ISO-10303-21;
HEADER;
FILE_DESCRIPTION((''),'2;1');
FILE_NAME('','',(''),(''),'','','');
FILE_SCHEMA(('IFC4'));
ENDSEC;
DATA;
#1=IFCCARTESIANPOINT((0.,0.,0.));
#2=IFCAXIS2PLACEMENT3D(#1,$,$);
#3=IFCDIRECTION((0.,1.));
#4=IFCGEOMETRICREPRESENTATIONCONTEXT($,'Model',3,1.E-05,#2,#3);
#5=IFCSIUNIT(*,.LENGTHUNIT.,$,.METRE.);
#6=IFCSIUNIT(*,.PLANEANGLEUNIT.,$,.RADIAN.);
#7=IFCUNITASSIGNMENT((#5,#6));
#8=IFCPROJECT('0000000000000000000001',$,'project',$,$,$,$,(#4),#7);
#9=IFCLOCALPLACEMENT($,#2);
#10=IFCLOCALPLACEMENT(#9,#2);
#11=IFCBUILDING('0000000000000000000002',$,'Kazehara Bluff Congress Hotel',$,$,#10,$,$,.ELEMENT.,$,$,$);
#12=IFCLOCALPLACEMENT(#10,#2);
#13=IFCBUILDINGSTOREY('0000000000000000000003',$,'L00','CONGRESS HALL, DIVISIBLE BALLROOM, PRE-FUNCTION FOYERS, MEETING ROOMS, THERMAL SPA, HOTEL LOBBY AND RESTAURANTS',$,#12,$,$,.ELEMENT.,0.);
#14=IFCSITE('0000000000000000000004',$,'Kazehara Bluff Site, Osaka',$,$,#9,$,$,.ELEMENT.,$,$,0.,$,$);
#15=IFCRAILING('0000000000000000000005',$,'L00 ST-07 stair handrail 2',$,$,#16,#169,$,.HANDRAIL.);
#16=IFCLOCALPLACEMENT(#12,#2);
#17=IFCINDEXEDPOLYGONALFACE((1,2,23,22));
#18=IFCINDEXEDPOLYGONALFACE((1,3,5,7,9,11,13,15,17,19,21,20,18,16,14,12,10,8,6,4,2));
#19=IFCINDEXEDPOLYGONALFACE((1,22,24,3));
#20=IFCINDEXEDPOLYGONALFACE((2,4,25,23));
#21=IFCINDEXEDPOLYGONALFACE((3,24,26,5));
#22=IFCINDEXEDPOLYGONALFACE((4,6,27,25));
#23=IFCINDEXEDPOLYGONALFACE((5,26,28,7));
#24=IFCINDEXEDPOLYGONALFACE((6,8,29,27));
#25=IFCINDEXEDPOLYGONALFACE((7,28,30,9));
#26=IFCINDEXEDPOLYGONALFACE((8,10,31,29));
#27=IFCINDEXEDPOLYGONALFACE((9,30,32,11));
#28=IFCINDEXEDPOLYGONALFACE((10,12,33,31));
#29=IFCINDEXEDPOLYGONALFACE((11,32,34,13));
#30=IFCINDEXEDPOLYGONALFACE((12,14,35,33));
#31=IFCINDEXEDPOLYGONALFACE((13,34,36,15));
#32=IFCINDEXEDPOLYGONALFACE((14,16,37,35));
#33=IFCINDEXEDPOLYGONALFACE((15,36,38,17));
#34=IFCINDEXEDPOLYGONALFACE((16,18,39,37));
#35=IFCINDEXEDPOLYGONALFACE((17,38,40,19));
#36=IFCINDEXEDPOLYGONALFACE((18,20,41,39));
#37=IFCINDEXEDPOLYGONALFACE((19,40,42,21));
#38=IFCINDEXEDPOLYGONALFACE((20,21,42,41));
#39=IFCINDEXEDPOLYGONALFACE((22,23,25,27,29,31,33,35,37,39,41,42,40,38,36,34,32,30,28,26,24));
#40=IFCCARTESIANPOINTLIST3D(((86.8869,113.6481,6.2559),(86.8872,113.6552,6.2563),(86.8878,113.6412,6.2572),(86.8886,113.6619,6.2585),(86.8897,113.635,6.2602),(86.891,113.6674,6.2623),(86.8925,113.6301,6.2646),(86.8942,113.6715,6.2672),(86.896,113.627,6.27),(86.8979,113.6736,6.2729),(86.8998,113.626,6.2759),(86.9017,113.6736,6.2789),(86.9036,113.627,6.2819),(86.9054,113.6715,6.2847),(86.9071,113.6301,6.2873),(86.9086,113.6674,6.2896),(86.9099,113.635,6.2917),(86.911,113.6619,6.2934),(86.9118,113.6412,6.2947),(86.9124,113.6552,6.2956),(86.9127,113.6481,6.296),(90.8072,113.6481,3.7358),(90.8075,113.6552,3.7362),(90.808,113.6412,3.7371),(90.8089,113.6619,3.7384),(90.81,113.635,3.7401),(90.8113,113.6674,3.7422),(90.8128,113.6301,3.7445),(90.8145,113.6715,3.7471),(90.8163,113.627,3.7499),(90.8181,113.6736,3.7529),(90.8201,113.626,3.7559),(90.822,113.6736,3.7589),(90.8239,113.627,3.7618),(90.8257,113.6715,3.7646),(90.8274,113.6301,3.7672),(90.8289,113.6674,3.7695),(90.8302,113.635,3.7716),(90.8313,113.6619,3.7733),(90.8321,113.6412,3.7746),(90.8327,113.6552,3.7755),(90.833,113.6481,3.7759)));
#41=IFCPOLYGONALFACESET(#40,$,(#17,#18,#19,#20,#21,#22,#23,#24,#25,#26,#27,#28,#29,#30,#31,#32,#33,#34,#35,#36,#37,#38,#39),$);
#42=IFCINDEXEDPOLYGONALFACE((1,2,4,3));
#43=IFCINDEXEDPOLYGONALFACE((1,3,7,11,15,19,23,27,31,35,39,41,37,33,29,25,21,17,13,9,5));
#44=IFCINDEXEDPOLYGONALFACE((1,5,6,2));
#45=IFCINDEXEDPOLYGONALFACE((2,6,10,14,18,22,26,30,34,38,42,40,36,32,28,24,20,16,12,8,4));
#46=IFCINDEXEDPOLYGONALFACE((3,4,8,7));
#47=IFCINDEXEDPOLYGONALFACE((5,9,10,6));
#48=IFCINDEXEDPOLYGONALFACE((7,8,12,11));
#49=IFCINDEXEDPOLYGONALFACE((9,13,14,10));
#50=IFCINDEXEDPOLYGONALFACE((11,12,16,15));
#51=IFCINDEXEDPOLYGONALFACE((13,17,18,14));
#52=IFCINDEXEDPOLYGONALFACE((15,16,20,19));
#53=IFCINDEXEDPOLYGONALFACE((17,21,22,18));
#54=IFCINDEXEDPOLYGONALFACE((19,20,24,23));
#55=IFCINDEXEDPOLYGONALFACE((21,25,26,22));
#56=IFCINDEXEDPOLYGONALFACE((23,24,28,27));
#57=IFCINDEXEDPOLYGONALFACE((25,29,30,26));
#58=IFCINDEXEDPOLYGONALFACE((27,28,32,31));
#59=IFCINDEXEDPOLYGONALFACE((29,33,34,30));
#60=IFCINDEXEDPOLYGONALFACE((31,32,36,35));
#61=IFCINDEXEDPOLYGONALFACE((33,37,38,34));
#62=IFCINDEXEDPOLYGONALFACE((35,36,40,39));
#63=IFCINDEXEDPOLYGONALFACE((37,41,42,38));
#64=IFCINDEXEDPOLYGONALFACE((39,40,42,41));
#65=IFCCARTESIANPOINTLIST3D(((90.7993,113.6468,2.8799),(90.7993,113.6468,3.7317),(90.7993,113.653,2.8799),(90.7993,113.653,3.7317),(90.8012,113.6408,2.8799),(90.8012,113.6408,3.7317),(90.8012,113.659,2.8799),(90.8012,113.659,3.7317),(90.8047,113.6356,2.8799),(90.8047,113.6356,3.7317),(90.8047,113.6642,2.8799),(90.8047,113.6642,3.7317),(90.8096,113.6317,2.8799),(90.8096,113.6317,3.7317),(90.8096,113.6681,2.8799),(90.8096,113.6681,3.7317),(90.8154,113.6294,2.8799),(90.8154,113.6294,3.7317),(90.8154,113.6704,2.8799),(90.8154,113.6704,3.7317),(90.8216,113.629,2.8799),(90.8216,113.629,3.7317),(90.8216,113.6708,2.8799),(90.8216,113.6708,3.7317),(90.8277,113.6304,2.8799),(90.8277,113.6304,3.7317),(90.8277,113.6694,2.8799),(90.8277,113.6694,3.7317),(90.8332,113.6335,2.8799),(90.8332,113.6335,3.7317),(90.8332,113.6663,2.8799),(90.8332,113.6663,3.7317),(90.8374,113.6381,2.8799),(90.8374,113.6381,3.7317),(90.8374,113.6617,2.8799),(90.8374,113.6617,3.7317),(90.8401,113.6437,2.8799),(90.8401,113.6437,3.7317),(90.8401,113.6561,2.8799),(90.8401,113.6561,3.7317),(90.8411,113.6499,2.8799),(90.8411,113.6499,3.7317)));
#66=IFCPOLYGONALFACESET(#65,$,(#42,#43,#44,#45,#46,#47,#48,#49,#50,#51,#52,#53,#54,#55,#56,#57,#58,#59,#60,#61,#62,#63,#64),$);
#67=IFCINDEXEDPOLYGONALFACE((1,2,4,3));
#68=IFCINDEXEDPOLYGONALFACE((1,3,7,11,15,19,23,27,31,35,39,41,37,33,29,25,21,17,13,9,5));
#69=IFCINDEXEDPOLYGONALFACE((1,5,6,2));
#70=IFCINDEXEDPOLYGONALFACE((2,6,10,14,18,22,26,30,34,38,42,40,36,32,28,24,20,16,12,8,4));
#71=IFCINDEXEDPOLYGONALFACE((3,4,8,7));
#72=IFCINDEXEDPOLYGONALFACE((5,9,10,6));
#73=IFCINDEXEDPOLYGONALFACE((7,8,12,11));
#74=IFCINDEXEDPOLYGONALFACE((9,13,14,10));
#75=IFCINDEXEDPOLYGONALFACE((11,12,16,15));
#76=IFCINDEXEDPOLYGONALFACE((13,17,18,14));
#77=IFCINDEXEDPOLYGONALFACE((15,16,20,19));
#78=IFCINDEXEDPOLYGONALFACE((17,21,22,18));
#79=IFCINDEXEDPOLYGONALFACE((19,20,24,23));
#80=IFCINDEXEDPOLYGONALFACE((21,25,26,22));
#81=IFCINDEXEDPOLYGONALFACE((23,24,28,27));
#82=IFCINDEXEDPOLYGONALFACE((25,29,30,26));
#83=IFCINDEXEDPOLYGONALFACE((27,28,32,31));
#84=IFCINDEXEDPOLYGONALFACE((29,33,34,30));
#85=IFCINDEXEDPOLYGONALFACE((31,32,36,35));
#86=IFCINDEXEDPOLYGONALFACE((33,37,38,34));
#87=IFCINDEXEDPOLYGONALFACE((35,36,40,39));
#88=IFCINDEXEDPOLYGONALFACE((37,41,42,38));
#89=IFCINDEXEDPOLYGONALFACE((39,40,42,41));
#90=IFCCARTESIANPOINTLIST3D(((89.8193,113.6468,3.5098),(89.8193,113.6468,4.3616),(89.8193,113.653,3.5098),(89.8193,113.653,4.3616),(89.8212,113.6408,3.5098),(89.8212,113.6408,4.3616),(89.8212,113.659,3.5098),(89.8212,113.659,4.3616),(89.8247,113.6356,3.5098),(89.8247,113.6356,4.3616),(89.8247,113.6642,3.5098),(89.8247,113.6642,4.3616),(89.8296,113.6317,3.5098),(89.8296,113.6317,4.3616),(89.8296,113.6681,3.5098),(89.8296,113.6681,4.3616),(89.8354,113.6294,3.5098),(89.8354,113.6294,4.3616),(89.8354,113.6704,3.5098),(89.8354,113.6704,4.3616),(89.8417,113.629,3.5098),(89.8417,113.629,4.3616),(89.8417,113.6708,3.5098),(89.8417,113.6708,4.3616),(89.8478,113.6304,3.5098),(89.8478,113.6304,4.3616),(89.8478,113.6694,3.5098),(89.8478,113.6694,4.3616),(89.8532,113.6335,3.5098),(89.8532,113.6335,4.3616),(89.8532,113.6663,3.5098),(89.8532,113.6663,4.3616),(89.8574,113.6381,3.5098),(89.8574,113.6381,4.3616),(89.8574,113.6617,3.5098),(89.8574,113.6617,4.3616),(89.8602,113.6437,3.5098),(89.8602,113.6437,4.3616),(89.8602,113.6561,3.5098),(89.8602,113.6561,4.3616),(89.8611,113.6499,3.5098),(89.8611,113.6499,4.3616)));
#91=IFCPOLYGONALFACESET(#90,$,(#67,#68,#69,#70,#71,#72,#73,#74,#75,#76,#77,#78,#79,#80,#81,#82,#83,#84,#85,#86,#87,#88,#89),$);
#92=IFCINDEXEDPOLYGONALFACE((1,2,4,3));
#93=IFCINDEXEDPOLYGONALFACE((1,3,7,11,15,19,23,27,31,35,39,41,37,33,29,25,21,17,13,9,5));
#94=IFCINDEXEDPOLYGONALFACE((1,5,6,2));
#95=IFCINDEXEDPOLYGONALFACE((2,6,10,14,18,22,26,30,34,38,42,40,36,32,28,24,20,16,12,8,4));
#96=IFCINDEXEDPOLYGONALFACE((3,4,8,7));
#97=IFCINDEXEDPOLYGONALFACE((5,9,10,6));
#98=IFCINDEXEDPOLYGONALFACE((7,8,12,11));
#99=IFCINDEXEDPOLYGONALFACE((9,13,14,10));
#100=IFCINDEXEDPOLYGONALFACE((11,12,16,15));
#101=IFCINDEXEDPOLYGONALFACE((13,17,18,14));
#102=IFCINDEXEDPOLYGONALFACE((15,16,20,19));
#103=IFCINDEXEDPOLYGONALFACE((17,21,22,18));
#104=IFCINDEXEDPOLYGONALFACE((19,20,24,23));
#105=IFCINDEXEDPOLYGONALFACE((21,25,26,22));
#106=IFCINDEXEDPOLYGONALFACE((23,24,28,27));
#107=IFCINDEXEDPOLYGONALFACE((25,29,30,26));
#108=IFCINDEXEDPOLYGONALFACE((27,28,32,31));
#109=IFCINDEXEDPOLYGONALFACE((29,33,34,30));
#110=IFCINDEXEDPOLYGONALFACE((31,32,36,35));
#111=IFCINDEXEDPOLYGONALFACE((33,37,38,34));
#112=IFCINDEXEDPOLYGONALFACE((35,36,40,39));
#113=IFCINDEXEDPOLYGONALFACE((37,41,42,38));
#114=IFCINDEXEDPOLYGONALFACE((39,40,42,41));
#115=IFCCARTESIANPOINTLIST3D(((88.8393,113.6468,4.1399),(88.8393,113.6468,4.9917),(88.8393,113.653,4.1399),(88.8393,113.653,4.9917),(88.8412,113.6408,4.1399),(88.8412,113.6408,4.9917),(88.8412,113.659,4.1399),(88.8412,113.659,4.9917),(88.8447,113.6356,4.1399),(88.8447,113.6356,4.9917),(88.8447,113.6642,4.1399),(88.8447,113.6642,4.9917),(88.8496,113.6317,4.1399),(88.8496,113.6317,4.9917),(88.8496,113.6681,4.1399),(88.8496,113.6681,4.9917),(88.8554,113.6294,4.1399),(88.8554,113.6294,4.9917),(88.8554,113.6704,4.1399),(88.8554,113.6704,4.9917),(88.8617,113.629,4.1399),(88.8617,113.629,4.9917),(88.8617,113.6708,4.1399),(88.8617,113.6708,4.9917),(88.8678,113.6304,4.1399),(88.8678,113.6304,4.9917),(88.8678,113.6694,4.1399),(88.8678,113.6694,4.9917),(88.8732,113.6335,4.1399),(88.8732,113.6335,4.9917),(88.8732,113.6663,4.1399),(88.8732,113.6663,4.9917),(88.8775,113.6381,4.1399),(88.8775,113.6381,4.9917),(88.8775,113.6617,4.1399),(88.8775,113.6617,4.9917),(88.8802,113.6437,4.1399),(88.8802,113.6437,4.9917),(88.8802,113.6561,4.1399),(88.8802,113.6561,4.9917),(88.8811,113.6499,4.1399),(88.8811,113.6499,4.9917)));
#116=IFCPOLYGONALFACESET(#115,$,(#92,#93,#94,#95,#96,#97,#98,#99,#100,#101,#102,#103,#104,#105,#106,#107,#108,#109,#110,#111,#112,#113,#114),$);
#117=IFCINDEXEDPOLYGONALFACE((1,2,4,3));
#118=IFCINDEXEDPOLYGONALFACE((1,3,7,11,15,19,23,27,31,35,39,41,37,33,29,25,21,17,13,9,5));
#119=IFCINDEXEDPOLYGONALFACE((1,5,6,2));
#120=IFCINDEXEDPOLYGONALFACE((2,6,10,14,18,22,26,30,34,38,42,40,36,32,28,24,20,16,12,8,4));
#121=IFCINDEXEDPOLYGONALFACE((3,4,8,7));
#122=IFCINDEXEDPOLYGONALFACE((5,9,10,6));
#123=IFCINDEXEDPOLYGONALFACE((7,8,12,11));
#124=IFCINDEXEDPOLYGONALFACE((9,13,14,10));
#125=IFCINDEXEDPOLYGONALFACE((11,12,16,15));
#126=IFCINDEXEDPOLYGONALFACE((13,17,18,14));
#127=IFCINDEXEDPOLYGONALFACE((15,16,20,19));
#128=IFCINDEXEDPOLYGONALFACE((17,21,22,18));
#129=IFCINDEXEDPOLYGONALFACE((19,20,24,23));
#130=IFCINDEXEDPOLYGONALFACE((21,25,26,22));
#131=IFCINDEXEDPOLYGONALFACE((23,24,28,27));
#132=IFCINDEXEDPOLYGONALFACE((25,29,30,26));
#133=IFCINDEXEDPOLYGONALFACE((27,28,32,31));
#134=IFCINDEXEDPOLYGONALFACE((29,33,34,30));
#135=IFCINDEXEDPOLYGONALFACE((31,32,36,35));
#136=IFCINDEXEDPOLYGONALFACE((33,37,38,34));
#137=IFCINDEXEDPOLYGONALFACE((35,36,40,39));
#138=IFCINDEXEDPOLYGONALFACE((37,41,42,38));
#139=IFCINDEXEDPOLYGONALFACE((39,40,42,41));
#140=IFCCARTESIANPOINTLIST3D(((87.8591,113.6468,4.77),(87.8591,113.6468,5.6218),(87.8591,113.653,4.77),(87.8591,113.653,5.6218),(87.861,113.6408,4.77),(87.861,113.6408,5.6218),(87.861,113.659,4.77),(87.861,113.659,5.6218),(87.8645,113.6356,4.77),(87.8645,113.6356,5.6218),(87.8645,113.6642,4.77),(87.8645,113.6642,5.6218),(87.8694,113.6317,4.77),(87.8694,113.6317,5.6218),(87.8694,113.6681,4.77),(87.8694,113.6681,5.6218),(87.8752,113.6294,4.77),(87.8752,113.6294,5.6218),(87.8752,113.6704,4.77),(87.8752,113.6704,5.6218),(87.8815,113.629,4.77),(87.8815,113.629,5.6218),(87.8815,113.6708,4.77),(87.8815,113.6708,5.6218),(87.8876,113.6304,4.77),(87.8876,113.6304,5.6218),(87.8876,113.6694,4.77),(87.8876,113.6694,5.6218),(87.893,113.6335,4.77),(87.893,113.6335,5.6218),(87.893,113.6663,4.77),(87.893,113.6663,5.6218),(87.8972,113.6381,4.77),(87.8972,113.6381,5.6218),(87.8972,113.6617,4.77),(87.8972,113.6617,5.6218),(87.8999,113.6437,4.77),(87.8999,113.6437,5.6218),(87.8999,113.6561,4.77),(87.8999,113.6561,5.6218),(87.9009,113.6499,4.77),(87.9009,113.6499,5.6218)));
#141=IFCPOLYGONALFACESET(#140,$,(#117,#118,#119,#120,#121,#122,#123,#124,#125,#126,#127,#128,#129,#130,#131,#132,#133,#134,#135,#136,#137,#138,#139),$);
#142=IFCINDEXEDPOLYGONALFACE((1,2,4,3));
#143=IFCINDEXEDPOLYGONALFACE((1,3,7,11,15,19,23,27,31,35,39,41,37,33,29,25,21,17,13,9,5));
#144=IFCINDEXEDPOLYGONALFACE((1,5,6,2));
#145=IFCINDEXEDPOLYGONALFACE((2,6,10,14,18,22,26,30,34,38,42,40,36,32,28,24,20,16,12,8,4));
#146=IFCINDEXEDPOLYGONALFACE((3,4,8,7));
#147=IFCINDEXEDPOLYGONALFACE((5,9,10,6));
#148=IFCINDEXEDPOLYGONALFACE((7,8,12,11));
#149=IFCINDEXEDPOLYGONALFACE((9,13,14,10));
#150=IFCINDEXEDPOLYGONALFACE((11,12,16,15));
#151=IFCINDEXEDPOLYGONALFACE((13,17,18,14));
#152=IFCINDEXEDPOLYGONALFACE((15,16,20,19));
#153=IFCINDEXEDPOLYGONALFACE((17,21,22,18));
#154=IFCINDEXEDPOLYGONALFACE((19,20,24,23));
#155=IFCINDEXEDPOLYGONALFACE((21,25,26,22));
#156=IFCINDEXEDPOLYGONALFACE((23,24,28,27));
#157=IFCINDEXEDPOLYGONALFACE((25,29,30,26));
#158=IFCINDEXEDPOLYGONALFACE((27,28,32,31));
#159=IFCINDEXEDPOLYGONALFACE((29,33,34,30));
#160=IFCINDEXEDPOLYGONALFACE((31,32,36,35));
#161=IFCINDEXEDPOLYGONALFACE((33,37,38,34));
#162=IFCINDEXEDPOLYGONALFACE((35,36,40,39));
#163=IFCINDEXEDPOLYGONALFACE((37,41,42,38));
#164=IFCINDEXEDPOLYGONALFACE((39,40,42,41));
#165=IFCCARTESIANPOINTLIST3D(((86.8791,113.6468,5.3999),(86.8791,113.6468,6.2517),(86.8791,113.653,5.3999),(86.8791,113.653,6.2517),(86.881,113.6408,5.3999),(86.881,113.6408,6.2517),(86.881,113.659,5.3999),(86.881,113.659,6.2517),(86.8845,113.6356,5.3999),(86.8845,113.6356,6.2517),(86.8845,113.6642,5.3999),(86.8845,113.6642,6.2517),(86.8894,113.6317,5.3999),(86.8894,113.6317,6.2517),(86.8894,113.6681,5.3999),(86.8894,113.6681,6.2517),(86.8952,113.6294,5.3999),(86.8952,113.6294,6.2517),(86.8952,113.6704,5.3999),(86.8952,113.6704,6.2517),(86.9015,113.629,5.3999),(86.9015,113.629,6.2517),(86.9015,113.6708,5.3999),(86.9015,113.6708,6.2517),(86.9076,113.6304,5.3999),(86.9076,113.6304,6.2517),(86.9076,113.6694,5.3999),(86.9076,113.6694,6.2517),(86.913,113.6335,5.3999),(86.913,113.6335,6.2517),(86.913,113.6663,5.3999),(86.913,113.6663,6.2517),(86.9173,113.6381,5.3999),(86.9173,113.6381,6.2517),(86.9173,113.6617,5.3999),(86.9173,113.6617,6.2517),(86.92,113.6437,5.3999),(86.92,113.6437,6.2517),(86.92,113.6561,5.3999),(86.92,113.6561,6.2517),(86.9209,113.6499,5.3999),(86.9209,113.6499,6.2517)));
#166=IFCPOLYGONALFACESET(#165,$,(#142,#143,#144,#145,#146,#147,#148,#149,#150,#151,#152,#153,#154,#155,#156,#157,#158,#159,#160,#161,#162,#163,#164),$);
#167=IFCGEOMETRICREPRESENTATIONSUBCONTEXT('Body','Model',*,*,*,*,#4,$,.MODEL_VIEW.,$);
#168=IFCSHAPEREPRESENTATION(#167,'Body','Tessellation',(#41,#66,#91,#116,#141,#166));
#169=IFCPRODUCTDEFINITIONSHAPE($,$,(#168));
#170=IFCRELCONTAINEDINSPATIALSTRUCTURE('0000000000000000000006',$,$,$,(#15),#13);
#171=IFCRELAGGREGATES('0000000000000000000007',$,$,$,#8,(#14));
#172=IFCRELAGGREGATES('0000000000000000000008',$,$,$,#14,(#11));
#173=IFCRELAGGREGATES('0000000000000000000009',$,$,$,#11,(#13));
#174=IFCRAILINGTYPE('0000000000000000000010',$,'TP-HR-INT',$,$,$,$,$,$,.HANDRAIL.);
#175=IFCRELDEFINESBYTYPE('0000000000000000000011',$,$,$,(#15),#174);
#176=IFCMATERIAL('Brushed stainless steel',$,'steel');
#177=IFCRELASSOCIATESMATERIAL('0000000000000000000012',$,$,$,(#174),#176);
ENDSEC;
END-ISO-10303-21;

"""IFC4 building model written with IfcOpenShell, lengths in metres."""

from ifc_helpers import new_model, si_unit, direction, frame, origin, origin_2d, place, context, subcontext, project, spatial, circle, extrude, material, type_object, element, save


model = new_model("IFC4")

# Units and contexts
model_context = context("Model", 3, precision=1e-05, world=origin(), true_north=direction((0.0, 1.0)))
body_context = subcontext(model_context, "Body", "Model", "MODEL_VIEW")
ifc_project = project(units=[si_unit("LENGTHUNIT", "METRE"), si_unit("PLANEANGLEUNIT", "RADIAN")], contexts=[model_context])

# Site, building, storey
site_placement = place(None, origin())
site = spatial("IfcSite", under=ifc_project, at=site_placement, Name="Kazehara Bluff Site, Osaka", CompositionType="ELEMENT", RefElevation=0.0)
building_placement = place(site_placement, origin())
building = spatial("IfcBuilding", under=site, at=building_placement, Name="Kazehara Bluff Congress Hotel", CompositionType="ELEMENT")
storey_placement = place(building_placement, origin())
storey = spatial("IfcBuildingStorey", under=building, at=storey_placement, Name="L00", Description="CONGRESS HALL, DIVISIBLE BALLROOM, PRE-FUNCTION FOYERS, MEETING ROOMS, THERMAL SPA, HOTEL LOBBY AND RESTAURANTS", CompositionType="ELEMENT", Elevation=0.0)

# Railing
ifc_material_1 = material(Name="Brushed stainless steel", Category="steel")
railing_type_1 = type_object("IfcRailingType", Name="TP-HR-INT", PredefinedType="HANDRAIL", material=ifc_material_1)
railing_1_placement = place(storey_placement, frame((90.8201, 113.6499, 2.8799)))
element("IfcRailing", 1, at=railing_1_placement, inside=storey, type_object=railing_type_1, Name="L00 ST-07 stair handrail 2", PredefinedType="HANDRAIL", context=body_context, shape_type="SweptSolid", body=[
    extrude(circle(Radius=0.0239, at=origin_2d()), frame((0.0, 0.0, 0.876), z_axis=(-0.841187, 0.0, 0.540744), x_axis=(0.0, -1.0, 0.0)), (0.0, 0.0, 1.0), 4.6604),
    extrude(circle(Radius=0.021, at=origin_2d()), origin(), (0.0, 0.0, 1.0), 0.8518),
    extrude(circle(Radius=0.021, at=origin_2d()), frame((-0.98, 0.0, 0.6299)), (0.0, 0.0, 1.0), 0.8518),
    extrude(circle(Radius=0.021, at=origin_2d()), frame((-1.96, 0.0, 1.26)), (0.0, 0.0, 1.0), 0.8518),
    extrude(circle(Radius=0.021, at=origin_2d()), frame((-2.9402, 0.0, 1.8901)), (0.0, 0.0, 1.0), 0.8518),
    extrude(circle(Radius=0.021, at=origin_2d()), frame((-3.9202, 0.0, 2.52)), (0.0, 0.0, 1.0), 0.8518),
])

save(model, "model.ifc")
